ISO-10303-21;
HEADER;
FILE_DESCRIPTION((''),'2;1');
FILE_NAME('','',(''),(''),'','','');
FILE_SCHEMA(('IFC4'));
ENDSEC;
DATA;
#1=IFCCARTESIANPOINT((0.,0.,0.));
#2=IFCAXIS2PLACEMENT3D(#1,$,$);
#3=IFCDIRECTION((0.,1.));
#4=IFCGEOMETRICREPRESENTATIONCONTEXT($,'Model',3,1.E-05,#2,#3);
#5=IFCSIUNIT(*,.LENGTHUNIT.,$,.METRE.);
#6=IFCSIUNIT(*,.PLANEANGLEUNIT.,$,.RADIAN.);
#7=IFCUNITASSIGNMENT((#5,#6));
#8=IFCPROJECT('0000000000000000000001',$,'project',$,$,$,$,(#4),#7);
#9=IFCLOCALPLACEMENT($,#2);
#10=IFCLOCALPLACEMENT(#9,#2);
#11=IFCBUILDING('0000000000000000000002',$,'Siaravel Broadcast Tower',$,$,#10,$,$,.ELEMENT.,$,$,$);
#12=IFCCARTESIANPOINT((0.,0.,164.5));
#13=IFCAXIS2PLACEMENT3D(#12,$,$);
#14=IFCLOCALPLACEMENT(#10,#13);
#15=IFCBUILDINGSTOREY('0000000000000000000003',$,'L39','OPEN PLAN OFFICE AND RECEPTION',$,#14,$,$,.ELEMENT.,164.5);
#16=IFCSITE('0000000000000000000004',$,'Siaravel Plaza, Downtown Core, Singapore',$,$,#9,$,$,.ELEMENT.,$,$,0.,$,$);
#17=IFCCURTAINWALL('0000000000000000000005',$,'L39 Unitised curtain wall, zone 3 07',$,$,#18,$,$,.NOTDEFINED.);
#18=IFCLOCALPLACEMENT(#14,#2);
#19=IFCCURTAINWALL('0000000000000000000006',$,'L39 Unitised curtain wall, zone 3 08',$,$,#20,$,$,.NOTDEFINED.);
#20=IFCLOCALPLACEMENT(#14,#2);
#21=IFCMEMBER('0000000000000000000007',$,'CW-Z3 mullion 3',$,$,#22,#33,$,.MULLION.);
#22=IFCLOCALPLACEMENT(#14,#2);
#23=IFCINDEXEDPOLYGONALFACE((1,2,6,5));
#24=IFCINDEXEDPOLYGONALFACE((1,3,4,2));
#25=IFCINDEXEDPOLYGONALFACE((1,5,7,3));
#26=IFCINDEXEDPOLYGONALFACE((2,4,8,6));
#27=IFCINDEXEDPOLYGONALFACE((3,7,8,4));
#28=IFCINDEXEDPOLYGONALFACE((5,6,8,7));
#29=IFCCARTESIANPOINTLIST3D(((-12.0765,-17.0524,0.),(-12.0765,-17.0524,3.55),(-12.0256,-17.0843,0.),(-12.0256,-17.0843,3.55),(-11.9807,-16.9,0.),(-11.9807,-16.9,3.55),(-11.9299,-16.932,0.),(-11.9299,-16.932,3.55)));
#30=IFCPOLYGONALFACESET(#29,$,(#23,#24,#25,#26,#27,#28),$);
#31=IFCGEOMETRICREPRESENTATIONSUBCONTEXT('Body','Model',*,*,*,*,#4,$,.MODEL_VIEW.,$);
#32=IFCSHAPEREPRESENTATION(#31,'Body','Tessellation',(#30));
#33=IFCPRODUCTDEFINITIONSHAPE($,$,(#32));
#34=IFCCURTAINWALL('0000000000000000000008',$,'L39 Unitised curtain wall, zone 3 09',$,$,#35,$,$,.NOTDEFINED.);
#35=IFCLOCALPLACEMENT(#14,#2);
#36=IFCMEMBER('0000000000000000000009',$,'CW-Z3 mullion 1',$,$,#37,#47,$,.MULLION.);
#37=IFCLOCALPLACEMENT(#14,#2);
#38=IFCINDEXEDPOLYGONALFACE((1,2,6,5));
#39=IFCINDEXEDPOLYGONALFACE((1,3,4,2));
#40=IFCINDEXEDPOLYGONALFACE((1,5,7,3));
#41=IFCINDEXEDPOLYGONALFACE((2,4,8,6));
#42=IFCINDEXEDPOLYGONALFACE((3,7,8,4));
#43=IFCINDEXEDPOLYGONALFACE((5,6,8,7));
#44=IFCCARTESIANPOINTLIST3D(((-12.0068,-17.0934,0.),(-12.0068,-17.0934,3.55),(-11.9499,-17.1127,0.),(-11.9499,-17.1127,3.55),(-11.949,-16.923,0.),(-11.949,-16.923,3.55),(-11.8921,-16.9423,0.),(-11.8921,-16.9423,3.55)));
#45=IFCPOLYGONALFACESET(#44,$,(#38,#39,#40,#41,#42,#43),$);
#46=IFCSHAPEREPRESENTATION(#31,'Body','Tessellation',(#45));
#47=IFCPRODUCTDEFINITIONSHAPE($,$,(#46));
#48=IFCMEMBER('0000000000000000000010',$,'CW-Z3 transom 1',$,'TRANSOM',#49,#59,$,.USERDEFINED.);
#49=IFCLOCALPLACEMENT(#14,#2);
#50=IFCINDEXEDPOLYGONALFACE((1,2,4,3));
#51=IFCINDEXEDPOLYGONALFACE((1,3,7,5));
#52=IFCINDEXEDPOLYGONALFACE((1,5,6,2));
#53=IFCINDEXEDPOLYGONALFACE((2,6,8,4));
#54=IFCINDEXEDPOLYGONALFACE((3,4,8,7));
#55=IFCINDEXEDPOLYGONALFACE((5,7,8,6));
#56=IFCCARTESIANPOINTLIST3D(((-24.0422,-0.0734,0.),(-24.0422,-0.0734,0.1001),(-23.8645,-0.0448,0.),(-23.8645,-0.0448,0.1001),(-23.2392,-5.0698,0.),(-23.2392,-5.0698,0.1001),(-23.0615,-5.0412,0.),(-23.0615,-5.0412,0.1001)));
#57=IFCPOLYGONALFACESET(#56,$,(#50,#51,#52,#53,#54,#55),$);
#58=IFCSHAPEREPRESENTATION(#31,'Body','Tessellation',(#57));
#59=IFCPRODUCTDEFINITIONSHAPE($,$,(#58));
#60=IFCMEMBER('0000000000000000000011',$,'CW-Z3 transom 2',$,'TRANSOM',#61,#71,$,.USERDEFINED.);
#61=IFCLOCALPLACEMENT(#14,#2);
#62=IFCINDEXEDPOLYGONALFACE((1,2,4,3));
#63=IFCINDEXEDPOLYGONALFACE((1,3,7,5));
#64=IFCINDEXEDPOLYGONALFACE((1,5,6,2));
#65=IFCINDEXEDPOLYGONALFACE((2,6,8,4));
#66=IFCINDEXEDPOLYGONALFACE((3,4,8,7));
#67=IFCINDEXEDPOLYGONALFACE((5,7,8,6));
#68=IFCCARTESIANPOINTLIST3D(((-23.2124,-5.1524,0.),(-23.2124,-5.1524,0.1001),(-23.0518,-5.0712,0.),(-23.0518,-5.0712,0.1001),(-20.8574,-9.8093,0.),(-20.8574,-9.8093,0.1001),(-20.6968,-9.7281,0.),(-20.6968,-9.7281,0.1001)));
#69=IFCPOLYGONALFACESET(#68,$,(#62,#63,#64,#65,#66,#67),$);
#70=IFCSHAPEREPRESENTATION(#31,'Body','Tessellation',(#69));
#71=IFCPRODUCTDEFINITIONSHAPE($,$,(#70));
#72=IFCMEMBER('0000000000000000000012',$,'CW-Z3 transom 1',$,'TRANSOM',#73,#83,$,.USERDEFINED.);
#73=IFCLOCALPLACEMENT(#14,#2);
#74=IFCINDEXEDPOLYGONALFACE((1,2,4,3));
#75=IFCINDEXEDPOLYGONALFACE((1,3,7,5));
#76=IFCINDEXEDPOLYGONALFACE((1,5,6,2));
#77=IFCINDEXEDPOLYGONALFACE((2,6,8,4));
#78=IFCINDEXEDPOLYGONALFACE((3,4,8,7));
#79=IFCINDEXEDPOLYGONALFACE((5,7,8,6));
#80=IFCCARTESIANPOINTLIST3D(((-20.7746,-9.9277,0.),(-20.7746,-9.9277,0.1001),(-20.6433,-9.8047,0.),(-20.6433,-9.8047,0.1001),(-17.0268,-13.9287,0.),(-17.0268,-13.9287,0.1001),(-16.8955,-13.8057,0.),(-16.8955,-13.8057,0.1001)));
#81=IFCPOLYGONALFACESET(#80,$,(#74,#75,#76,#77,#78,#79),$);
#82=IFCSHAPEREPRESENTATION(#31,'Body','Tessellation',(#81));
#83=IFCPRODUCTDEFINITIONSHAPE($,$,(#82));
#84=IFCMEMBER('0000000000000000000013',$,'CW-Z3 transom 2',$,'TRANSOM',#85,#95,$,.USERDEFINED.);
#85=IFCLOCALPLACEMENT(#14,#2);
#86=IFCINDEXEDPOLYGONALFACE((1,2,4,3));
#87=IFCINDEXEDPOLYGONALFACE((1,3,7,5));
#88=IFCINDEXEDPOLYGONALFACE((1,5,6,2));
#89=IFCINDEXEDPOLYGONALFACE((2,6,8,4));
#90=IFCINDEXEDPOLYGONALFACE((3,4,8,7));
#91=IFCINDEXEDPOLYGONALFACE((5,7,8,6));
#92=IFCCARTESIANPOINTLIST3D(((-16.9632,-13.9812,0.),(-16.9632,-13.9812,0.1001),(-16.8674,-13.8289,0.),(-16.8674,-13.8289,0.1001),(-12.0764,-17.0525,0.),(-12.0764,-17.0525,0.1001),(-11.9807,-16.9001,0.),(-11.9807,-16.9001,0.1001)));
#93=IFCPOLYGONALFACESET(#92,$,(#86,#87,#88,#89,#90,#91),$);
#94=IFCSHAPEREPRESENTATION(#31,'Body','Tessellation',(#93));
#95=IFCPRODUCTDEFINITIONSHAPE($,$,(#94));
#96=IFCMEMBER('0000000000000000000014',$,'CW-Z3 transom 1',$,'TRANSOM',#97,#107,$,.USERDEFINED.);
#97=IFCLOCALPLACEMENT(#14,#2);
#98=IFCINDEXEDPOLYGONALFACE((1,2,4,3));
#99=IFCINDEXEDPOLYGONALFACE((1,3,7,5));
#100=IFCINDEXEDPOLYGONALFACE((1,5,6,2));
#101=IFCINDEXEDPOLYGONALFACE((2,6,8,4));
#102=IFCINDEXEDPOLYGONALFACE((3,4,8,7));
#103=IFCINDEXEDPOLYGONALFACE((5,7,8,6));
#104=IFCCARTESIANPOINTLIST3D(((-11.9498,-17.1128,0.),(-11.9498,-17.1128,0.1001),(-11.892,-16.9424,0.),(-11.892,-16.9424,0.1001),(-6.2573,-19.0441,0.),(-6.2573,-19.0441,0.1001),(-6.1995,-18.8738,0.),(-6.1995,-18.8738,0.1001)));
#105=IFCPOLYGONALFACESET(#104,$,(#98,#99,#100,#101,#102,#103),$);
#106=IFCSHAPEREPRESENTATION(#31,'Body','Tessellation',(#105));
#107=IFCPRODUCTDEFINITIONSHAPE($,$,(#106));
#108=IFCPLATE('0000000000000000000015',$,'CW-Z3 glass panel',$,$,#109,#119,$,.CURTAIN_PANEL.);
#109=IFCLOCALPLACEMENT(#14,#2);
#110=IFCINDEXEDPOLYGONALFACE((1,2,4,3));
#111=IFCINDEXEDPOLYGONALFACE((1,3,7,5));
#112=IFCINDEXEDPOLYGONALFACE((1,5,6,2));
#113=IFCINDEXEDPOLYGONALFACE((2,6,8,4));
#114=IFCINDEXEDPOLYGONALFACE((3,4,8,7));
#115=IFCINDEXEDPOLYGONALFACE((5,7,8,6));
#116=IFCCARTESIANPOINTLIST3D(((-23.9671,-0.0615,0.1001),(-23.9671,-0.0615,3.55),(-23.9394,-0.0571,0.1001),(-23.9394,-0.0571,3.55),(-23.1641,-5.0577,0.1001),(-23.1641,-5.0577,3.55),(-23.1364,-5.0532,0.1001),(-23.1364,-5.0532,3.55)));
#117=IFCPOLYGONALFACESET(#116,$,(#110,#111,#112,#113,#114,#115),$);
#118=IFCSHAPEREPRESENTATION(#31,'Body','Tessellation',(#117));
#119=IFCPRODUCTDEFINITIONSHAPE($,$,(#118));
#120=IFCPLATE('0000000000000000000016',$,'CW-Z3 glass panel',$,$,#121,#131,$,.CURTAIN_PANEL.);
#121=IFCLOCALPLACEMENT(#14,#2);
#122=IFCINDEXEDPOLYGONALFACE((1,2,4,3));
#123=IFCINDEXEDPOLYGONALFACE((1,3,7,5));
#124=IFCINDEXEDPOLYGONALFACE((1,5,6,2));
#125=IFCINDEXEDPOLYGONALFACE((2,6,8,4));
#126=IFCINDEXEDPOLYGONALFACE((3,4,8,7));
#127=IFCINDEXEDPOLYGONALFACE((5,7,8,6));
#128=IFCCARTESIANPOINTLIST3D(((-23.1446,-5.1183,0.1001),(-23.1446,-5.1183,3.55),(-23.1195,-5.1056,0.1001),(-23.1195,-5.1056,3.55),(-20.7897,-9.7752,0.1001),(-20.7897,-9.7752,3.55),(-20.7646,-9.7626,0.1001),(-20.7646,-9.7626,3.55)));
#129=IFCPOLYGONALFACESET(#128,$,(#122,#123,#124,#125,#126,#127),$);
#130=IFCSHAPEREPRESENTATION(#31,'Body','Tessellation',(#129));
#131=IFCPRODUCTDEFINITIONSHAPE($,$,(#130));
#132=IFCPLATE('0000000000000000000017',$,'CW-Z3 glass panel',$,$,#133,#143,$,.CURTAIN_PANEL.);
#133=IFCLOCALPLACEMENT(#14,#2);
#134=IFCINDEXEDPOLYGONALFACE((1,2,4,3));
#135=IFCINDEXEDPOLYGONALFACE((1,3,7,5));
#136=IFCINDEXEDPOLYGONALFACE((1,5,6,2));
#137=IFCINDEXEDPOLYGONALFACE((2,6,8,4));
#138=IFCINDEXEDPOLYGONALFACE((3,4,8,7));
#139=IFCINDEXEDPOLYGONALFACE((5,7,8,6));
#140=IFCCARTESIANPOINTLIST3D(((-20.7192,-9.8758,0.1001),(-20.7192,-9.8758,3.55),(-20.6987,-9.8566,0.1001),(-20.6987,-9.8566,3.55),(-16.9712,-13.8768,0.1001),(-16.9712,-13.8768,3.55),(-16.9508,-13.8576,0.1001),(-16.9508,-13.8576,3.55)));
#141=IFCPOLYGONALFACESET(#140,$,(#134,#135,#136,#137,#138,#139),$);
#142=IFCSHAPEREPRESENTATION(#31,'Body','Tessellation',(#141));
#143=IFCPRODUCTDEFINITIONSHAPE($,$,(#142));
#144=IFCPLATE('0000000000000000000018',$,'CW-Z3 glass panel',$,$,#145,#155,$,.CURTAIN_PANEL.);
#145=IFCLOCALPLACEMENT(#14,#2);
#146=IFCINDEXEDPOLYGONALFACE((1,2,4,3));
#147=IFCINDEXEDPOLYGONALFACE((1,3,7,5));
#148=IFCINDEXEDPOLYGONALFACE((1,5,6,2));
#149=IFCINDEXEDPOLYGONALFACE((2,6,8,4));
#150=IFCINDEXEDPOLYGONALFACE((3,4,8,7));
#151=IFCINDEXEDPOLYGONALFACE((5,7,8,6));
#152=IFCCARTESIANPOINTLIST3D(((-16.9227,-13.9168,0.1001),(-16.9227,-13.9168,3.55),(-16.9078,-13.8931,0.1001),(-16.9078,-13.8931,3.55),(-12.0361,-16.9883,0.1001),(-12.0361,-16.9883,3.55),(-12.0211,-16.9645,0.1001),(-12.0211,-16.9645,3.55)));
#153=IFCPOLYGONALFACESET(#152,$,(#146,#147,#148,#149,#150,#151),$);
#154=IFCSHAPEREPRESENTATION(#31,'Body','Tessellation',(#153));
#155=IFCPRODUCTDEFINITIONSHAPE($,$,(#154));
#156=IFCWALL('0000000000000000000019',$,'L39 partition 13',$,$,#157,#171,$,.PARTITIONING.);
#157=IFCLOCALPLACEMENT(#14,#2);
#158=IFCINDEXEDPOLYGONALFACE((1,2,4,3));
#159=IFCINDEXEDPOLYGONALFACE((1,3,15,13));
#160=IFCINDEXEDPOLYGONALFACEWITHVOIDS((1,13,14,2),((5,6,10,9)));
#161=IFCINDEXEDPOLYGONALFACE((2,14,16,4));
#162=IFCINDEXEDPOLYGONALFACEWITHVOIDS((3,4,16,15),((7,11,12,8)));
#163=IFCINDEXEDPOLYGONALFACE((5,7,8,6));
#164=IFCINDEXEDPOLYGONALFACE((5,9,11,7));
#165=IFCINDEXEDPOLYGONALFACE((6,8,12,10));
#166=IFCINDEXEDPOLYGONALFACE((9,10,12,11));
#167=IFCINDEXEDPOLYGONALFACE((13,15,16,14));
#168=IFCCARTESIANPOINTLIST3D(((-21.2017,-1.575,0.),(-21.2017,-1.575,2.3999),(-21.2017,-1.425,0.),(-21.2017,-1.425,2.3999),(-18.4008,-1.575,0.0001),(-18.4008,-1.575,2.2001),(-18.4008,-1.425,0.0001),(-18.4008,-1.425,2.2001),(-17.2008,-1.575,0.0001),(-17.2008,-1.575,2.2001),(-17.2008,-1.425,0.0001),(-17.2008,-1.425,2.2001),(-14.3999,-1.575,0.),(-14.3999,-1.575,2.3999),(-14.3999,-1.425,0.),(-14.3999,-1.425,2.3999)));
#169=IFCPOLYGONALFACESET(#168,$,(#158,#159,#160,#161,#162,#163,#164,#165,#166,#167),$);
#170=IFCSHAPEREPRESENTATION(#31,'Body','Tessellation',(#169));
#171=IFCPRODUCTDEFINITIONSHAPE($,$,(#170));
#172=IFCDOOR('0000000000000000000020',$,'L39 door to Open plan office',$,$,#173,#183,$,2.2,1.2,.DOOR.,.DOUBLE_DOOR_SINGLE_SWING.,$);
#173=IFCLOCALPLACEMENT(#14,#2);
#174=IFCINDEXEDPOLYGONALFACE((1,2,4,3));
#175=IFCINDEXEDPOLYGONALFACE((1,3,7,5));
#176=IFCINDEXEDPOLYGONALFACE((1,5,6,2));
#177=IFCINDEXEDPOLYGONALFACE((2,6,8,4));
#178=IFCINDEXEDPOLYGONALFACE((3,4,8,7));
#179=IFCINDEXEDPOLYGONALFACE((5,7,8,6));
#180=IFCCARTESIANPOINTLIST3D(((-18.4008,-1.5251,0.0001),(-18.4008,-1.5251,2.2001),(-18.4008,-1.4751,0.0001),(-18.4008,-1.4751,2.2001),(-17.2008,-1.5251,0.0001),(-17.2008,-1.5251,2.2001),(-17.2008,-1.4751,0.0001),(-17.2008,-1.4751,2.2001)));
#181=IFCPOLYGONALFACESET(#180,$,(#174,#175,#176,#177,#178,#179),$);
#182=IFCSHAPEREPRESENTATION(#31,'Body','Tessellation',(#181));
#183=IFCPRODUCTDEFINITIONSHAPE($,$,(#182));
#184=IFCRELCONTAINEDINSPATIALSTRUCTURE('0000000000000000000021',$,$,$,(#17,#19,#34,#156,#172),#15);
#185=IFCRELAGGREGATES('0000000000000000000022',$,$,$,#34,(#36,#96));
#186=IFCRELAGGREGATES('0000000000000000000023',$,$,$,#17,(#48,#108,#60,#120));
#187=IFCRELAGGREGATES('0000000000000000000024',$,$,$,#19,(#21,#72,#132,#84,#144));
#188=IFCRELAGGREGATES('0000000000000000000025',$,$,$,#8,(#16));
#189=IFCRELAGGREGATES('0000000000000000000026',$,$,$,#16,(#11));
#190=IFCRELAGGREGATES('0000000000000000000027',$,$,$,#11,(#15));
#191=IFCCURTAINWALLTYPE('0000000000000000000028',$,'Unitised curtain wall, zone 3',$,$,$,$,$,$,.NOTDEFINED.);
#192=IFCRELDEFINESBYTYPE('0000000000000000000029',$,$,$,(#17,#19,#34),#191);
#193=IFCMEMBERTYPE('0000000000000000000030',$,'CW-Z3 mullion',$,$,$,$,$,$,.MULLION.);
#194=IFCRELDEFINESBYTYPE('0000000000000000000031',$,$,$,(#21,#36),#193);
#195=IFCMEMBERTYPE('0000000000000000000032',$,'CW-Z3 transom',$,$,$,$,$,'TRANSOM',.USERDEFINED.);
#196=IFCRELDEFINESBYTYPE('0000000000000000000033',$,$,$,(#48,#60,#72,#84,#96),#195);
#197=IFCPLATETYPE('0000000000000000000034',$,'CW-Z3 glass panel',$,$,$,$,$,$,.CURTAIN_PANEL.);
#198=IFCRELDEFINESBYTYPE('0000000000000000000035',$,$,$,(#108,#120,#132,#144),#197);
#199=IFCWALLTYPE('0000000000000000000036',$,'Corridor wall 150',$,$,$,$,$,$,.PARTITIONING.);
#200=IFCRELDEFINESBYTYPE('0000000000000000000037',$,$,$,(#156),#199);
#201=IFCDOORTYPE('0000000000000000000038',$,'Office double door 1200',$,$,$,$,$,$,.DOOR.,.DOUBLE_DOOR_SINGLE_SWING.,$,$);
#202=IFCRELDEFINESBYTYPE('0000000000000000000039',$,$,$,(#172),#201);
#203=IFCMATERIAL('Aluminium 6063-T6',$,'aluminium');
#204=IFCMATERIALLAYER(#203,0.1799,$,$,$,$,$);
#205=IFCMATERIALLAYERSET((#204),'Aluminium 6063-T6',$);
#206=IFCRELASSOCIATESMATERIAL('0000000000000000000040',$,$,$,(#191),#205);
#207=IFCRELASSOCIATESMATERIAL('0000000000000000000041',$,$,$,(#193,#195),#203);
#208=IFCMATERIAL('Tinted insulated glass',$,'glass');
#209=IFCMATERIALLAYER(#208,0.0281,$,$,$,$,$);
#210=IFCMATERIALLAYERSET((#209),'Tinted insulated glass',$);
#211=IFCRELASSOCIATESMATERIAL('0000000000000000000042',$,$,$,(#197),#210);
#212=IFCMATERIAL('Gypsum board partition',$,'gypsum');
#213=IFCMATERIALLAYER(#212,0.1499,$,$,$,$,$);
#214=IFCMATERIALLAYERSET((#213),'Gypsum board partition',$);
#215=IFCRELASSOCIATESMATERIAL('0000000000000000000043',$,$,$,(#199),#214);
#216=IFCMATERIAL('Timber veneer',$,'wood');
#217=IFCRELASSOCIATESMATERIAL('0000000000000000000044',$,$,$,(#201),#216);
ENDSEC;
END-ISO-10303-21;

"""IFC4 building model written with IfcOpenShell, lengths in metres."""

from ifc_helpers import new_model, si_unit, direction, frame, frame_2d, origin, origin_2d, place, context, subcontext, project, spatial, rectangle, extrude, material, layer, layer_set, material_profile, profile_set, type_object, element, fill, aggregate, save


model = new_model("IFC4")

# Units and contexts
model_context = context("Model", 3, precision=1e-05, world=origin(), true_north=direction((0.0, 1.0)))
body_context = subcontext(model_context, "Body", "Model", "MODEL_VIEW")
ifc_project = project(units=[si_unit("LENGTHUNIT", "METRE"), si_unit("PLANEANGLEUNIT", "RADIAN")], contexts=[model_context])

# Site, building, storey
site_placement = place(None, origin())
site = spatial("IfcSite", under=ifc_project, at=site_placement, Name="Siaravel Plaza, Downtown Core, Singapore", CompositionType="ELEMENT", RefElevation=0.0)
building_placement = place(site_placement, origin())
building = spatial("IfcBuilding", under=site, at=building_placement, Name="Siaravel Broadcast Tower", CompositionType="ELEMENT")
storey_placement = place(building_placement, frame((0.0, 0.0, 164.5)))
storey = spatial("IfcBuildingStorey", under=building, at=storey_placement, Name="L39", Description="OPEN PLAN OFFICE AND RECEPTION", CompositionType="ELEMENT", Elevation=164.5)

# Curtain walls, member
ifc_material_1 = material(Name="Aluminium 6063-T6", Category="aluminium")
ifc_layer_1 = layer(ifc_material_1, 0.1799)
ifc_layer_set_1 = layer_set([ifc_layer_1], Name="Aluminium 6063-T6")
curtain_wall_type = type_object("IfcCurtainWallType", Name="Unitised curtain wall, zone 3", PredefinedType="NOTDEFINED", material=ifc_layer_set_1)
curtain_wall_1_placement = place(storey_placement, origin())
curtain_wall_1 = element("IfcCurtainWall", 1, at=curtain_wall_1_placement, inside=storey, type_object=curtain_wall_type, Name="L39 Unitised curtain wall, zone 3 07", PredefinedType="NOTDEFINED")
ifc_material_profile_1 = material_profile(ifc_material_1, rectangle(XDim=0.1799, YDim=0.0601, at=origin_2d()))
ifc_profile_set_1 = profile_set([ifc_material_profile_1], Name="Aluminium 6063-T6")
member_type_1 = type_object("IfcMemberType", Name="CW-Z3 mullion", PredefinedType="MULLION", material=ifc_profile_set_1)
curtain_wall_2_placement = place(storey_placement, origin())
curtain_wall_2 = element("IfcCurtainWall", 2, at=curtain_wall_2_placement, inside=storey, type_object=curtain_wall_type, Name="L39 Unitised curtain wall, zone 3 08", PredefinedType="NOTDEFINED")
member_1_placement = place(storey_placement, frame((-12.0032, -16.9922, 0.0), z_axis=(0.0, 0.0, 1.0), x_axis=(0.53215, 0.84665, 0.0)))
member_1 = element("IfcMember", 3, at=member_1_placement, type_object=member_type_1, Name="CW-Z3 mullion 3", PredefinedType="MULLION", context=body_context, shape_type="SweptSolid", body=[
    extrude(rectangle(XDim=0.1799, YDim=0.0601, at=origin_2d()), origin(), (0.0, 0.0, 1.0), 3.55),
])

# Curtain wall, member
curtain_wall_3_placement = place(storey_placement, origin())
curtain_wall_3 = element("IfcCurtainWall", 4, at=curtain_wall_3_placement, inside=storey, type_object=curtain_wall_type, Name="L39 Unitised curtain wall, zone 3 09", PredefinedType="NOTDEFINED")
member_2_placement = place(storey_placement, frame((-11.9495, -17.0178, 0.0), z_axis=(0.0, 0.0, 1.0), x_axis=(0.321301, 0.946977, 0.0)))
member_2 = element("IfcMember", 5, at=member_2_placement, type_object=member_type_1, Name="CW-Z3 mullion 1", PredefinedType="MULLION", context=body_context, shape_type="SweptSolid", body=[
    extrude(rectangle(XDim=0.1799, YDim=0.0601, at=origin_2d()), origin(), (0.0, 0.0, 1.0), 3.55),
])

# Members
ifc_material_profile_2 = material_profile(ifc_material_1, rectangle(XDim=0.1799, YDim=0.1001, at=origin_2d()))
ifc_profile_set_2 = profile_set([ifc_material_profile_2], Name="Aluminium 6063-T6")
member_type_2 = type_object("IfcMemberType", Name="CW-Z3 transom", ElementType="TRANSOM", PredefinedType="USERDEFINED", material=ifc_profile_set_2)
member_3_placement = place(storey_placement, frame((-23.9534, -0.0591, 0.05), z_axis=(0.158677, -0.987331, 0.0), x_axis=(0.987331, 0.158677, 0.0)))
member_3 = element("IfcMember", 6, at=member_3_placement, type_object=member_type_2, Name="CW-Z3 transom 1", ObjectType="TRANSOM", PredefinedType="USERDEFINED", context=body_context, shape_type="SweptSolid", body=[
    extrude(rectangle(XDim=0.1799, YDim=0.1001, at=origin_2d()), origin(), (0.0, 0.0, 1.0), 5.0605),
])
member_4_placement = place(storey_placement, frame((-23.1321, -5.1118, 0.05), z_axis=(0.45127, -0.892388, 0.0), x_axis=(0.892388, 0.45127, 0.0)))
member_4 = element("IfcMember", 7, at=member_4_placement, type_object=member_type_2, Name="CW-Z3 transom 2", ObjectType="TRANSOM", PredefinedType="USERDEFINED", context=body_context, shape_type="SweptSolid", body=[
    extrude(rectangle(XDim=0.1799, YDim=0.1001, at=origin_2d()), origin(), (0.0, 0.0, 1.0), 5.2185),
])
member_5_placement = place(storey_placement, frame((-20.709, -9.8662, 0.05), z_axis=(0.683639, -0.72982, 0.0), x_axis=(0.72982, 0.683639, 0.0)))
member_5 = element("IfcMember", 8, at=member_5_placement, type_object=member_type_2, Name="CW-Z3 transom 1", ObjectType="TRANSOM", PredefinedType="USERDEFINED", context=body_context, shape_type="SweptSolid", body=[
    extrude(rectangle(XDim=0.1799, YDim=0.1001, at=origin_2d()), origin(), (0.0, 0.0, 1.0), 5.4822),
])
member_6_placement = place(storey_placement, frame((-16.9153, -13.905, 0.05), z_axis=(0.846665, -0.532126, 0.0), x_axis=(0.532126, 0.846665, 0.0)))
member_6 = element("IfcMember", 9, at=member_6_placement, type_object=member_type_2, Name="CW-Z3 transom 2", ObjectType="TRANSOM", PredefinedType="USERDEFINED", context=body_context, shape_type="SweptSolid", body=[
    extrude(rectangle(XDim=0.1799, YDim=0.1001, at=origin_2d()), origin(), (0.0, 0.0, 1.0), 5.7717),
])
member_7_placement = place(storey_placement, frame((-11.9209, -17.0276, 0.05), z_axis=(0.94698, -0.321292, 0.0), x_axis=(0.321292, 0.94698, 0.0)))
member_7 = element("IfcMember", 10, at=member_7_placement, type_object=member_type_2, Name="CW-Z3 transom 1", ObjectType="TRANSOM", PredefinedType="USERDEFINED", context=body_context, shape_type="SweptSolid", body=[
    extrude(rectangle(XDim=0.1799, YDim=0.1001, at=origin_2d()), origin(), (0.0, 0.0, 1.0), 6.0112),
])
aggregate(curtain_wall_3, [member_2, member_7])

# Plates
ifc_material_2 = material(Name="Tinted insulated glass", Category="glass")
ifc_layer_2 = layer(ifc_material_2, 0.0281)
ifc_layer_set_2 = layer_set([ifc_layer_2], Name="Tinted insulated glass")
plate_type = type_object("IfcPlateType", Name="CW-Z3 glass panel", PredefinedType="CURTAIN_PANEL", material=ifc_layer_set_2)
plate_1_placement = place(storey_placement, frame((-23.5518, -2.5574, 0.1001), z_axis=(0.0, 0.0, 1.0), x_axis=(0.158685, -0.987329, 0.0)))
plate_1 = element("IfcPlate", 11, at=plate_1_placement, type_object=plate_type, Name="CW-Z3 glass panel", PredefinedType="CURTAIN_PANEL", context=body_context, shape_type="SweptSolid", body=[
    extrude(rectangle(XDim=5.0603, YDim=0.0281, at=origin_2d()), origin(), (0.0, 0.0, 1.0), 3.45),
])
plate_2_placement = place(storey_placement, frame((-21.9546, -7.4404, 0.1001), z_axis=(0.0, 0.0, 1.0), x_axis=(0.45126, -0.892393, 0.0)))
plate_2 = element("IfcPlate", 12, at=plate_2_placement, type_object=plate_type, Name="CW-Z3 glass panel", PredefinedType="CURTAIN_PANEL", context=body_context, shape_type="SweptSolid", body=[
    extrude(rectangle(XDim=5.2185, YDim=0.0281, at=origin_2d()), origin(), (0.0, 0.0, 1.0), 3.45),
])
aggregate(curtain_wall_1, [member_3, plate_1, member_4, plate_2])
plate_3_placement = place(storey_placement, frame((-18.835, -11.8667, 0.1001), z_axis=(0.0, 0.0, 1.0), x_axis=(0.683654, -0.729806, 0.0)))
plate_3 = element("IfcPlate", 13, at=plate_3_placement, type_object=plate_type, Name="CW-Z3 glass panel", PredefinedType="CURTAIN_PANEL", context=body_context, shape_type="SweptSolid", body=[
    extrude(rectangle(XDim=5.4822, YDim=0.0281, at=origin_2d()), origin(), (0.0, 0.0, 1.0), 3.45),
])
plate_4_placement = place(storey_placement, frame((-14.4719, -15.4407, 0.1001), z_axis=(0.0, 0.0, 1.0), x_axis=(0.84665, -0.53215, 0.0)))
plate_4 = element("IfcPlate", 14, at=plate_4_placement, type_object=plate_type, Name="CW-Z3 glass panel", PredefinedType="CURTAIN_PANEL", context=body_context, shape_type="SweptSolid", body=[
    extrude(rectangle(XDim=5.7717, YDim=0.0281, at=origin_2d()), origin(), (0.0, 0.0, 1.0), 3.45),
])
aggregate(curtain_wall_2, [member_1, member_5, plate_3, member_6, plate_4])

# Wall, opening, door
ifc_material_3 = material(Name="Gypsum board partition", Category="gypsum")
ifc_layer_3 = layer(ifc_material_3, 0.1499)
ifc_layer_set_3 = layer_set([ifc_layer_3], Name="Gypsum board partition")
wall_type_1 = type_object("IfcWallType", Name="Corridor wall 150", PredefinedType="PARTITIONING", material=ifc_layer_set_3)
wall_1_placement = place(storey_placement, frame((-21.2017, -1.5, 0.0), z_axis=(0.0, 0.0, 1.0), x_axis=(1.0, 0.0, 0.0)))
wall_1 = element("IfcWall", 15, at=wall_1_placement, inside=storey, type_object=wall_type_1, Name="L39 partition 13", PredefinedType="PARTITIONING", context=body_context, shape_type="SweptSolid", body=[
    extrude(rectangle(XDim=6.8018, YDim=0.1499, at=frame_2d((3.4009, 0.0))), origin(), (0.0, 0.0, 1.0), 2.3999),
])
opening_1_placement = place(wall_1_placement, frame((2.8008, 0.0, 0.0)))
opening_1 = element("IfcOpeningElement", 16, at=opening_1_placement, cuts=wall_1, PredefinedType="OPENING", context=body_context, shape_type="SweptSolid", body=[
    extrude(rectangle(XDim=1.2, YDim=2.2, at=frame_2d((0.6001, 1.1001))), frame((0.0, 0.085, 0.0), z_axis=(0.0, -1.0, 0.0), x_axis=(1.0, 0.0, 0.0)), (0.0, 0.0, 1.0), 0.1699),
])
ifc_material_4 = material(Name="Timber veneer", Category="wood")
door_type = type_object("IfcDoorType", Name="Office double door 1200", OperationType="DOUBLE_DOOR_SINGLE_SWING", PredefinedType="DOOR", material=ifc_material_4)
door_1_placement = place(opening_1_placement, origin())
door_1 = element("IfcDoor", 17, at=door_1_placement, inside=storey, type_object=door_type, Name="L39 door to Open plan office", OperationType="DOUBLE_DOOR_SINGLE_SWING", OverallHeight=2.2, OverallWidth=1.2, PredefinedType="DOOR", context=body_context, shape_type="SweptSolid", body=[
    extrude(rectangle(XDim=1.2, YDim=2.2, at=frame_2d((0.6001, 1.1001))), frame((0.0, 0.0249, 0.0), z_axis=(0.0, -1.0, 0.0), x_axis=(1.0, 0.0, 0.0)), (0.0, 0.0, 1.0), 0.05),
])
fill(opening_1, door_1)

save(model, "model.ifc")
